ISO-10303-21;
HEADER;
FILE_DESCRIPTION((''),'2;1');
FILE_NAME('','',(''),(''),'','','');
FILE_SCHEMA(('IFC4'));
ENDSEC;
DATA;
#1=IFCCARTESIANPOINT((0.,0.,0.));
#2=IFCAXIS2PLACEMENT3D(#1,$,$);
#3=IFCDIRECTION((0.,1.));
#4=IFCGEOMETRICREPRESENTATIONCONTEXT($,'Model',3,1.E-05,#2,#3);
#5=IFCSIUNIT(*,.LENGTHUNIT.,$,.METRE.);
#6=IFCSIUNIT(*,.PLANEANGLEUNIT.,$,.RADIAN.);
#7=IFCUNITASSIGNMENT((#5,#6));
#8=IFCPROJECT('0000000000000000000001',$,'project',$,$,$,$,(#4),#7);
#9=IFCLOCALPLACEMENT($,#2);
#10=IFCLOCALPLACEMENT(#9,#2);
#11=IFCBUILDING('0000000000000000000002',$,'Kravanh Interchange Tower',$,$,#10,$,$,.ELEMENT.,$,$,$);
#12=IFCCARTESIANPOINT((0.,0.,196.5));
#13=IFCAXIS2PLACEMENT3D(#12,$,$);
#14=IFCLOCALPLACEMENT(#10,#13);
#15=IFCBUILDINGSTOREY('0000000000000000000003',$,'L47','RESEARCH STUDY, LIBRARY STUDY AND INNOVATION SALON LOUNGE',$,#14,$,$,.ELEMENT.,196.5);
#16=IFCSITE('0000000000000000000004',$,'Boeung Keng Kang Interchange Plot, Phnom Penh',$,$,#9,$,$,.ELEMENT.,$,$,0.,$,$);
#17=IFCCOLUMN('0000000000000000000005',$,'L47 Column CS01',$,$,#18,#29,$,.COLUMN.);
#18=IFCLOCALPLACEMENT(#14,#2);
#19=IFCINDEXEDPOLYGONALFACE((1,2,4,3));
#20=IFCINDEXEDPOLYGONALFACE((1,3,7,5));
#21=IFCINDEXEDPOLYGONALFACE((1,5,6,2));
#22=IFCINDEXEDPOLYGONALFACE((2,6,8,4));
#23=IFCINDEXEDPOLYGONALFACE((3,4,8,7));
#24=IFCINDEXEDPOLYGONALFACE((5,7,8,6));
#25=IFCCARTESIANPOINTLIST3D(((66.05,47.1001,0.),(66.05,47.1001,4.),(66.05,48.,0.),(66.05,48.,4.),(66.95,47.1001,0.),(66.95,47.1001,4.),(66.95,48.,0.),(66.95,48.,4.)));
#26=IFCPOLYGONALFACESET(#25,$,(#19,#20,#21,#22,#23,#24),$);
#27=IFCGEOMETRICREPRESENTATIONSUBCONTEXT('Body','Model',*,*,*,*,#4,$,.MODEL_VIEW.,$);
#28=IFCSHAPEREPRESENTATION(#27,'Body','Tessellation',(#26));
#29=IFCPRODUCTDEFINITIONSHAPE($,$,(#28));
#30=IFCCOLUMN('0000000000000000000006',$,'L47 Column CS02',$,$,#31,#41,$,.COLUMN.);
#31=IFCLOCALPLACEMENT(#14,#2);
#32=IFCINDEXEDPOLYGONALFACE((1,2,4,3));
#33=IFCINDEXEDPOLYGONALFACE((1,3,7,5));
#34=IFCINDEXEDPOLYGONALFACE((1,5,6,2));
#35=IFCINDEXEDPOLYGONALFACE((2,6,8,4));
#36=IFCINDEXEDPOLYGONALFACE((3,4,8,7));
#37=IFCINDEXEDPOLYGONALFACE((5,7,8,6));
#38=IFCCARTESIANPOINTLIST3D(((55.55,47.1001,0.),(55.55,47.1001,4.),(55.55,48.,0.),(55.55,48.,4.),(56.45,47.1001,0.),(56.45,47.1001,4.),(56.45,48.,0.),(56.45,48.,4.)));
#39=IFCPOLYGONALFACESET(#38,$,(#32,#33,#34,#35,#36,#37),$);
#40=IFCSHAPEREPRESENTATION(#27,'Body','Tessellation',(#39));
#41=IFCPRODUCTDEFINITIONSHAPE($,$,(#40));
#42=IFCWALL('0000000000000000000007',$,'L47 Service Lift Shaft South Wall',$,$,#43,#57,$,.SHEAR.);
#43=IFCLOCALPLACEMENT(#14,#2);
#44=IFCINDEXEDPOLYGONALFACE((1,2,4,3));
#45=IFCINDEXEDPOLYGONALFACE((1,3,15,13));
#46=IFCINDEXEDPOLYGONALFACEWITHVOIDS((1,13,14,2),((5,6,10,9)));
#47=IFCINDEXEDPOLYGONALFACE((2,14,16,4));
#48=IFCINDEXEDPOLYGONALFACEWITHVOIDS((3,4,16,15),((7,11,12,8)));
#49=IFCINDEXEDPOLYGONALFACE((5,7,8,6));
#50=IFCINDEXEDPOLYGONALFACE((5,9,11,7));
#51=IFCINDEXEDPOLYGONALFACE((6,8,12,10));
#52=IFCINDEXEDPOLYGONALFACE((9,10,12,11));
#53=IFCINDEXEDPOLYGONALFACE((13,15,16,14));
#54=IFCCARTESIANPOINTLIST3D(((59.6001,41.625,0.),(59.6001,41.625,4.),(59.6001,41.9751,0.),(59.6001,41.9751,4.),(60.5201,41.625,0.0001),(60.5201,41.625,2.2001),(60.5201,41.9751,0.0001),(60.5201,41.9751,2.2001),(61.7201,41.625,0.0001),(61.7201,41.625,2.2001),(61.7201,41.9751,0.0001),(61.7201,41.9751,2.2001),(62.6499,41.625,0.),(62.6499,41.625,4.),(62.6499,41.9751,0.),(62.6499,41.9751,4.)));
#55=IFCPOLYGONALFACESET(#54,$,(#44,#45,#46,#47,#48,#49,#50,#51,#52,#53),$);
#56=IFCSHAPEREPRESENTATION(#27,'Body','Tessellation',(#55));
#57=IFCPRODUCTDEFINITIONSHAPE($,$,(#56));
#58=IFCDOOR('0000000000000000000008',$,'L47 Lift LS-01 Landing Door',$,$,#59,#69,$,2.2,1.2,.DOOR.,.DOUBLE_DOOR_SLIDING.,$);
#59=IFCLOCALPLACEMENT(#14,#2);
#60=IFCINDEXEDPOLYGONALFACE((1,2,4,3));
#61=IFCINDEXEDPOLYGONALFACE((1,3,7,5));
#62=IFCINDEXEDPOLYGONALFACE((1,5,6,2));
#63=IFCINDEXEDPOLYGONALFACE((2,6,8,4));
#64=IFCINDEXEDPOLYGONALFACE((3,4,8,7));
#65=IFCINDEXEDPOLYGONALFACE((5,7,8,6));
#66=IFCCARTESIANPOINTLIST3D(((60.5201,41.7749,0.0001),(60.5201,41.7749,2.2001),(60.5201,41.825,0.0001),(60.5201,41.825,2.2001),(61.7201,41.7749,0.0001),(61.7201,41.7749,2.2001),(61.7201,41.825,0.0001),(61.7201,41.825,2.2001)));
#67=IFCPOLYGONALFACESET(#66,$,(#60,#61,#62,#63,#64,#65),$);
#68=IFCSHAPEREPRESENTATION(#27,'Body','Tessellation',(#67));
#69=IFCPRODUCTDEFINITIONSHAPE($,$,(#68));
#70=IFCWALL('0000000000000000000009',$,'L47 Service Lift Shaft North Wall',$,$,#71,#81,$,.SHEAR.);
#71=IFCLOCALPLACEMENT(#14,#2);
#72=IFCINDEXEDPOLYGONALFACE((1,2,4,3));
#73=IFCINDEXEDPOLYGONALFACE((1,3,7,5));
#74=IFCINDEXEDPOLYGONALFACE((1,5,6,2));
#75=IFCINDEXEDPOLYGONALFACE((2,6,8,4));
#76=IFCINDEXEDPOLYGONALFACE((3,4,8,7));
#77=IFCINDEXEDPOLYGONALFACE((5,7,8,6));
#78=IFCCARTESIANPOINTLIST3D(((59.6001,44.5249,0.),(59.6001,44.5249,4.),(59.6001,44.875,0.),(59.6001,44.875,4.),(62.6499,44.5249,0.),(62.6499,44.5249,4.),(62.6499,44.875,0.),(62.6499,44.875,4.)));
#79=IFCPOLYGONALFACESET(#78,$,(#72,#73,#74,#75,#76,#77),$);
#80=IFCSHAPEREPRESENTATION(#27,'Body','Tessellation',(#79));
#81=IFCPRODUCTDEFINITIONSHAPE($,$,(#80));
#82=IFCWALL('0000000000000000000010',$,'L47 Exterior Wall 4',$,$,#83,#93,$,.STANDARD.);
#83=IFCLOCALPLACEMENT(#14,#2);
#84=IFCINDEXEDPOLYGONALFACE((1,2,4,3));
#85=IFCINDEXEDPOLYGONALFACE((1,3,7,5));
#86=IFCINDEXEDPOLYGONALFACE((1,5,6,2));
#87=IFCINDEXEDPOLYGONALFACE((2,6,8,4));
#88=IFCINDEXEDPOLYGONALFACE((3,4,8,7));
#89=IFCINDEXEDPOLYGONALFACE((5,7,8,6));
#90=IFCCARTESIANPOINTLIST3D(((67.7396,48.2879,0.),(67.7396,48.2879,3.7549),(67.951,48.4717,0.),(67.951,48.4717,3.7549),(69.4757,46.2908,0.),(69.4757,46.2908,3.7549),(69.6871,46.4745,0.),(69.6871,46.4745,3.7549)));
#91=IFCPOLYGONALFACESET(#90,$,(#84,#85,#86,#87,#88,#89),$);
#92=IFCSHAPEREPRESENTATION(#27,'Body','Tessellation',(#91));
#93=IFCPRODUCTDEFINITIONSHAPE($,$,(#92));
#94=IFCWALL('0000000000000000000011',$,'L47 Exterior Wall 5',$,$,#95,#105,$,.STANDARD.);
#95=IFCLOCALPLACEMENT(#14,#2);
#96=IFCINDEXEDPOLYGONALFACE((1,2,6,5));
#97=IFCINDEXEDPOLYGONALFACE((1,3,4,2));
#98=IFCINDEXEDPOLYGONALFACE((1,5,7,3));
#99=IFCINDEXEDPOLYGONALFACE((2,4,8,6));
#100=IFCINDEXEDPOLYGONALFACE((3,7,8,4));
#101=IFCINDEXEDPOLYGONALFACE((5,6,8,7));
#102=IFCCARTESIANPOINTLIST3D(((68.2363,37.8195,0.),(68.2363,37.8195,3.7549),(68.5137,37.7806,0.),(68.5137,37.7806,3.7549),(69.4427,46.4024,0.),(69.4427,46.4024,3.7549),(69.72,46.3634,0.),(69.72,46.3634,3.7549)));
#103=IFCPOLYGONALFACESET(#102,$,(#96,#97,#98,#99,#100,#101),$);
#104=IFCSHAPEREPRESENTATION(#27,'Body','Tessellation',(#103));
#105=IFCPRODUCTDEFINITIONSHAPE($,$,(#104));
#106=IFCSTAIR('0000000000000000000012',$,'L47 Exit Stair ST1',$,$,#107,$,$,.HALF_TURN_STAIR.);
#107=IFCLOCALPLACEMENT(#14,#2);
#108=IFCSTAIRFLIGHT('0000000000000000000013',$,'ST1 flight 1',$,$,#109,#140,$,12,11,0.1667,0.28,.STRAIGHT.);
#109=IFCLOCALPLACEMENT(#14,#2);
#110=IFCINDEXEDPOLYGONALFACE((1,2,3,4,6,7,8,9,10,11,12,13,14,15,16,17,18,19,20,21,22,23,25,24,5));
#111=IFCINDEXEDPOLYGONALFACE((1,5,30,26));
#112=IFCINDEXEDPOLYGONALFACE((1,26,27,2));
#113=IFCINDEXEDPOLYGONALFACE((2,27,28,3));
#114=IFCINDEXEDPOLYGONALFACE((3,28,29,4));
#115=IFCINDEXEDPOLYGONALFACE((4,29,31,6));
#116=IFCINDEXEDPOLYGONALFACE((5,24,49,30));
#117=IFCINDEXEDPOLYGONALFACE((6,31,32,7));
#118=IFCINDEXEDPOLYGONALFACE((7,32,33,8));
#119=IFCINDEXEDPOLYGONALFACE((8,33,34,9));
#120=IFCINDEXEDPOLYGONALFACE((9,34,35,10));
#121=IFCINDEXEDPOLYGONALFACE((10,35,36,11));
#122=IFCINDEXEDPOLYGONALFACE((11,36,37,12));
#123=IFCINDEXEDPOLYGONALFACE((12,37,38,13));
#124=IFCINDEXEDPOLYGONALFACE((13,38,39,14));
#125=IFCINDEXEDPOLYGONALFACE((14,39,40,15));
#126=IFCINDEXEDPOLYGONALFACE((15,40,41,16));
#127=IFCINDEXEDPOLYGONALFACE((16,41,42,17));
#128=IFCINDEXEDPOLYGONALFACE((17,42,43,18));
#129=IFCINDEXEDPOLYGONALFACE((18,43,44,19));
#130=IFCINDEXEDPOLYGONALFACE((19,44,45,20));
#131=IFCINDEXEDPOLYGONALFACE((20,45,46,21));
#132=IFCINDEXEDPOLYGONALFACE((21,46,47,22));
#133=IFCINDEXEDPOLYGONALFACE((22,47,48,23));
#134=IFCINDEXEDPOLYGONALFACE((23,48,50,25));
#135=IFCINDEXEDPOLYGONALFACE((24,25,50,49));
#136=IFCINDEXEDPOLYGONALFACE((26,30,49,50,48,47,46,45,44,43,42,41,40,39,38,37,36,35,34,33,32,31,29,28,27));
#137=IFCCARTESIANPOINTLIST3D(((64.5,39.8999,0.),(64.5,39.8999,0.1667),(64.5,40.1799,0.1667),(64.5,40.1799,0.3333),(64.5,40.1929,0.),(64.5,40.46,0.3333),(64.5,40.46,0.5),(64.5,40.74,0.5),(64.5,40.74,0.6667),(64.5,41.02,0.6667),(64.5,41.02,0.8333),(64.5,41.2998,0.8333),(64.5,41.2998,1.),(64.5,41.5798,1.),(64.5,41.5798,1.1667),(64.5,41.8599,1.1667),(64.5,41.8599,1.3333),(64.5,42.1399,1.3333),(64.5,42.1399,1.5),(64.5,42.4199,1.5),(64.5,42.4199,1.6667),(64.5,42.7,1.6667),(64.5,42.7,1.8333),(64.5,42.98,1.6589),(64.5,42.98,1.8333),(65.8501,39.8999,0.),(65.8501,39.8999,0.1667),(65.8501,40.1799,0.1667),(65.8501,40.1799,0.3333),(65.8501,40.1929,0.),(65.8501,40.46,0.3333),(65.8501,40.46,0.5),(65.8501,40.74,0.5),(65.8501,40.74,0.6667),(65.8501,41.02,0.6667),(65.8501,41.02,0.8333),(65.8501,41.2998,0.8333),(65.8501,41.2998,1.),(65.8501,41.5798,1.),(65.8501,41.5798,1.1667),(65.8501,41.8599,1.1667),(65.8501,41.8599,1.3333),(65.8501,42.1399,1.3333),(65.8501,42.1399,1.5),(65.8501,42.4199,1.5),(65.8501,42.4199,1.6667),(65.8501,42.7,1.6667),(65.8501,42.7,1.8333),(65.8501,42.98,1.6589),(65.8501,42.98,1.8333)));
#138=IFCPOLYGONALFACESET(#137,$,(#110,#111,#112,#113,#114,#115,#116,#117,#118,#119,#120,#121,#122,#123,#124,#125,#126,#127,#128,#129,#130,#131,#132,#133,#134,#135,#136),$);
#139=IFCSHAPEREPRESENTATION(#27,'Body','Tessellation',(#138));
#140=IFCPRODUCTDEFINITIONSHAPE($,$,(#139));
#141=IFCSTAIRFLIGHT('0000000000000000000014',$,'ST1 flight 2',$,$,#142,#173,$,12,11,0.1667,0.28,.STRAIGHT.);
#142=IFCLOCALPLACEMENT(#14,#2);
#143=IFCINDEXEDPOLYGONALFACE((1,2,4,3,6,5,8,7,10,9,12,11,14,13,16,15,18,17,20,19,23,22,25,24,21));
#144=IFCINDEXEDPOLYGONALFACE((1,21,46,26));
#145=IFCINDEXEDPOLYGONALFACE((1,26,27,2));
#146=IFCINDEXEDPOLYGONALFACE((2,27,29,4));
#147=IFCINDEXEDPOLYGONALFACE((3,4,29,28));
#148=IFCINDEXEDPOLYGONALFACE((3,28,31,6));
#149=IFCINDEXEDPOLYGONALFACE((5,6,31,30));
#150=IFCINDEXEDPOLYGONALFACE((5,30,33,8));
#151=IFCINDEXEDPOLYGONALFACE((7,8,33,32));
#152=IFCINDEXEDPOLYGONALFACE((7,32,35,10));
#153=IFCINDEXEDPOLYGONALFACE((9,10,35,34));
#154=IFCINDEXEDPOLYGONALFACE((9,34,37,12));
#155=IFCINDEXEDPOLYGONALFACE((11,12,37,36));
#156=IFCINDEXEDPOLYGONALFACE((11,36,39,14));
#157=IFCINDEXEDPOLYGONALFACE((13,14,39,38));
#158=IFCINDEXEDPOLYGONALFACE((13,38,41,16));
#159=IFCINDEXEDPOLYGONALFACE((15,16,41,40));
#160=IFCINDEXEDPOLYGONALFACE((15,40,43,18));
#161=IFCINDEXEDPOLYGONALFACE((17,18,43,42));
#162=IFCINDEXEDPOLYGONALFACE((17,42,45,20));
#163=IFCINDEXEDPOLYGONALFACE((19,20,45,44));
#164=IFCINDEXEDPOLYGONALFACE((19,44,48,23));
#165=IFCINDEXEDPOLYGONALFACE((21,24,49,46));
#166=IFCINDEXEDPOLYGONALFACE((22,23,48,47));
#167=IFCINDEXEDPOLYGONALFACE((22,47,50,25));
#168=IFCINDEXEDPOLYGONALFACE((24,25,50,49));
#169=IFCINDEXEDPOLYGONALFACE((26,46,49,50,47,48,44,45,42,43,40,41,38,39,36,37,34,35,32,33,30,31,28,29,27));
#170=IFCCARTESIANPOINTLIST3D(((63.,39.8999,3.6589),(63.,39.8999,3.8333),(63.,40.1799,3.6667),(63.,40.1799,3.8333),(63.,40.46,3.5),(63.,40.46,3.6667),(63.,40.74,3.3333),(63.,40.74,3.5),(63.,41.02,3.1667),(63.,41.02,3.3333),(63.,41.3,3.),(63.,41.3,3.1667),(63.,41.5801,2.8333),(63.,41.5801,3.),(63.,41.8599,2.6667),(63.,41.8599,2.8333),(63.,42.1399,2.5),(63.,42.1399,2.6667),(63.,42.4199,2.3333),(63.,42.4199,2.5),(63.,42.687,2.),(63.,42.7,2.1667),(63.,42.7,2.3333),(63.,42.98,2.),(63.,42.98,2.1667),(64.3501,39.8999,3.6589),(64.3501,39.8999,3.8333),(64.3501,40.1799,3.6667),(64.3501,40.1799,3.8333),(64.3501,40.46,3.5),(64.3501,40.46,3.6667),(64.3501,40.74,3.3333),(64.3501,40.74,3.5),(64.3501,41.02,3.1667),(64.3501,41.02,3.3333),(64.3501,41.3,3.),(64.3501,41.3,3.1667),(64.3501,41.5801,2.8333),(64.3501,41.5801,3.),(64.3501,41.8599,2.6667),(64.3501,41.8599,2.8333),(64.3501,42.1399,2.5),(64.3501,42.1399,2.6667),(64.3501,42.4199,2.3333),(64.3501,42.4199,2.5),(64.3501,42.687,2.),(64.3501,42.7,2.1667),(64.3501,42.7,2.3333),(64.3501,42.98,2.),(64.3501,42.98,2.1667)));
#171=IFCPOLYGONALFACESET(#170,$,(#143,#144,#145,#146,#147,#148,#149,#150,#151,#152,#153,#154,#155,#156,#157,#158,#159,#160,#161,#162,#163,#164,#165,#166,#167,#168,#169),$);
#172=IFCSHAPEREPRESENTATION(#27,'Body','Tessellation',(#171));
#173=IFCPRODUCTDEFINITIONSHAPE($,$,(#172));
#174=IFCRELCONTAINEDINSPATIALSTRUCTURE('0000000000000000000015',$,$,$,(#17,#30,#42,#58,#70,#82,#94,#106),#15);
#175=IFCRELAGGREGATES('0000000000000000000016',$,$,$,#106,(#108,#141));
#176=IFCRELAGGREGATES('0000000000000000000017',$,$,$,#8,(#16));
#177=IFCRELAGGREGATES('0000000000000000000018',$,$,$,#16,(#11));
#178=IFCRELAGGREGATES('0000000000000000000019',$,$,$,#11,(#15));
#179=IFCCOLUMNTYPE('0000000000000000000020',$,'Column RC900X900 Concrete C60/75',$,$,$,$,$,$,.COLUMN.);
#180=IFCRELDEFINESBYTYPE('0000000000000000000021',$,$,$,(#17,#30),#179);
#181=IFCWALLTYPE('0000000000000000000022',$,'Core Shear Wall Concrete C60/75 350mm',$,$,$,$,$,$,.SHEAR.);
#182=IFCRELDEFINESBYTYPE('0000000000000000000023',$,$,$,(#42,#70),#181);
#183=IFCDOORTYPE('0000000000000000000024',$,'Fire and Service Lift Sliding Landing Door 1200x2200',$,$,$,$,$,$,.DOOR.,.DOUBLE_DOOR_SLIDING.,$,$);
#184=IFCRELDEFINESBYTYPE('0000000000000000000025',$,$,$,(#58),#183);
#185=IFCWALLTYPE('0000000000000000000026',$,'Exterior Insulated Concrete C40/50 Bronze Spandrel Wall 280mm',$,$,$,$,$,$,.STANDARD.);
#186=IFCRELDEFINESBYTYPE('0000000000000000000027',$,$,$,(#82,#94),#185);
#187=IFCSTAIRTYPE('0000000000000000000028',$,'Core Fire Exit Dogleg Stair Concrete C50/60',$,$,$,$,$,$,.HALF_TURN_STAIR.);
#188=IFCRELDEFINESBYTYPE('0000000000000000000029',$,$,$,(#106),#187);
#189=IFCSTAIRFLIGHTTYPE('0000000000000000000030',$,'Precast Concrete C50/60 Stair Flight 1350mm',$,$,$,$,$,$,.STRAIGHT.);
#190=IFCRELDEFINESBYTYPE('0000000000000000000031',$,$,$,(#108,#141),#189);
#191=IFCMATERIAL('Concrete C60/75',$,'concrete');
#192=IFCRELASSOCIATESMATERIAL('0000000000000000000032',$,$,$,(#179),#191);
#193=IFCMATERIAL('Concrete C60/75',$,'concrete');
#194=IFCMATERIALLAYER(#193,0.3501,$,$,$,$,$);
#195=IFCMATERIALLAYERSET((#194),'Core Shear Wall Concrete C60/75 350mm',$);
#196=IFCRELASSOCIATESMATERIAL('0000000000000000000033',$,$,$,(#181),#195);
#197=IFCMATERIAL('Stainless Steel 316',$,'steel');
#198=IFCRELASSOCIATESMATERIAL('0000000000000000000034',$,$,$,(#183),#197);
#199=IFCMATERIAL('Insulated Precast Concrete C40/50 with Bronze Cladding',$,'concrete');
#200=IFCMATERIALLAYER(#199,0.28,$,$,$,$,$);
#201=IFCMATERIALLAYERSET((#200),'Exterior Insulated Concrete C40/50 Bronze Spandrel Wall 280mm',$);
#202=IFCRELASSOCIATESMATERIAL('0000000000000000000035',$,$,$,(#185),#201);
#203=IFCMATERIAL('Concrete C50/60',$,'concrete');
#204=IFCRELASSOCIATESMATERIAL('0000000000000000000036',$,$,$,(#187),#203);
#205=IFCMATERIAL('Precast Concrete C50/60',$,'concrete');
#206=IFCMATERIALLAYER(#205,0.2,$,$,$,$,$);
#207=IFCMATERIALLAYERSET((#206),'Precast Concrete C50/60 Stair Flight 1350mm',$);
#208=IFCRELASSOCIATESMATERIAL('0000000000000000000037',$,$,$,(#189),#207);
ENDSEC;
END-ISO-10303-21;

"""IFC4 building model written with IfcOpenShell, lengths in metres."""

from ifc_helpers import new_model, si_unit, direction, frame, frame_2d, origin, origin_2d, place, context, subcontext, project, spatial, polyline, rectangle, outline, extrude, material, layer, layer_set, material_profile, profile_set, type_object, element, fill, aggregate, save


model = new_model("IFC4")

# Units and contexts
model_context = context("Model", 3, precision=1e-05, world=origin(), true_north=direction((0.0, 1.0)))
body_context = subcontext(model_context, "Body", "Model", "MODEL_VIEW")
ifc_project = project(units=[si_unit("LENGTHUNIT", "METRE"), si_unit("PLANEANGLEUNIT", "RADIAN")], contexts=[model_context])

# Site, building, storey
site_placement = place(None, origin())
site = spatial("IfcSite", under=ifc_project, at=site_placement, Name="Boeung Keng Kang Interchange Plot, Phnom Penh", CompositionType="ELEMENT", RefElevation=0.0)
building_placement = place(site_placement, origin())
building = spatial("IfcBuilding", under=site, at=building_placement, Name="Kravanh Interchange Tower", CompositionType="ELEMENT")
storey_placement = place(building_placement, frame((0.0, 0.0, 196.5)))
storey = spatial("IfcBuildingStorey", under=building, at=storey_placement, Name="L47", Description="RESEARCH STUDY, LIBRARY STUDY AND INNOVATION SALON LOUNGE", CompositionType="ELEMENT", Elevation=196.5)

# Columns
ifc_material_1 = material(Name="Concrete C60/75", Category="concrete")
ifc_material_profile = material_profile(ifc_material_1, rectangle(XDim=0.8999, YDim=0.8999, at=origin_2d()), Name="RC900X900")
ifc_profile_set = profile_set([ifc_material_profile], Name="Concrete C60/75")
column_type = type_object("IfcColumnType", Name="Column RC900X900 Concrete C60/75", PredefinedType="COLUMN", material=ifc_profile_set)
for number, where, z_axis, x_axis, name in (
    (1, (66.5, 47.55, 0.0), (0.0, 0.0, 1.0), (1.0, 0.0, 0.0), "L47 Column CS01"),
    (2, (56.0, 47.55, 0.0), (0.0, 0.0, 1.0), (1.0, 0.0, 0.0), "L47 Column CS02"),
):
    element("IfcColumn", number, at=place(storey_placement, frame(where, z_axis=z_axis, x_axis=x_axis)), inside=storey, type_object=column_type, Name=name, PredefinedType="COLUMN", context=body_context, shape_type="SweptSolid", body=[
        extrude(rectangle(XDim=0.8999, YDim=0.8999, at=origin_2d()), origin(), (0.0, 0.0, 1.0), 4.0),
    ])

# Wall, opening, door
ifc_material_2 = material(Name="Concrete C60/75", Category="concrete")
ifc_layer_1 = layer(ifc_material_2, 0.3501)
ifc_layer_set_1 = layer_set([ifc_layer_1], Name="Core Shear Wall Concrete C60/75 350mm")
wall_type_1 = type_object("IfcWallType", Name="Core Shear Wall Concrete C60/75 350mm", PredefinedType="SHEAR", material=ifc_layer_set_1)
wall_1_placement = place(storey_placement, frame((59.6001, 41.8, 0.0), z_axis=(0.0, 0.0, 1.0), x_axis=(1.0, 0.0, 0.0)))
wall_1 = element("IfcWall", 3, at=wall_1_placement, inside=storey, type_object=wall_type_1, Name="L47 Service Lift Shaft South Wall", PredefinedType="SHEAR", context=body_context, shape_type="SweptSolid", body=[
    extrude(rectangle(XDim=3.0498, YDim=0.3501, at=frame_2d((1.5249, 0.0))), origin(), (0.0, 0.0, 1.0), 4.0),
])
opening_placement = place(wall_1_placement, frame((0.9199, 0.0, 0.0)))
opening = element("IfcOpeningElement", 4, at=opening_placement, cuts=wall_1, PredefinedType="OPENING", context=body_context, shape_type="SweptSolid", body=[
    extrude(rectangle(XDim=1.2, YDim=2.2, at=frame_2d((0.6001, 1.1001))), frame((0.0, 0.1851, 0.0), z_axis=(0.0, -1.0, 0.0), x_axis=(1.0, 0.0, 0.0)), (0.0, 0.0, 1.0), 0.3701),
])
ifc_material_3 = material(Name="Stainless Steel 316", Category="steel")
door_type = type_object("IfcDoorType", Name="Fire and Service Lift Sliding Landing Door 1200x2200", OperationType="DOUBLE_DOOR_SLIDING", PredefinedType="DOOR", material=ifc_material_3)
door_placement = place(opening_placement, origin())
door = element("IfcDoor", 5, at=door_placement, inside=storey, type_object=door_type, Name="L47 Lift LS-01 Landing Door", OperationType="DOUBLE_DOOR_SLIDING", OverallHeight=2.2, OverallWidth=1.2, PredefinedType="DOOR", context=body_context, shape_type="SweptSolid", body=[
    extrude(rectangle(XDim=1.2, YDim=2.2, at=frame_2d((0.6001, 1.1001))), frame((0.0, 0.0249, 0.0), z_axis=(0.0, -1.0, 0.0), x_axis=(1.0, 0.0, 0.0)), (0.0, 0.0, 1.0), 0.05),
])
fill(opening, door)

# Walls
wall_2_placement = place(storey_placement, frame((59.6001, 44.7, 0.0), z_axis=(0.0, 0.0, 1.0), x_axis=(1.0, 0.0, 0.0)))
element("IfcWall", 6, at=wall_2_placement, inside=storey, type_object=wall_type_1, Name="L47 Service Lift Shaft North Wall", PredefinedType="SHEAR", context=body_context, shape_type="SweptSolid", body=[
    extrude(rectangle(XDim=3.0498, YDim=0.3501, at=frame_2d((1.5249, 0.0))), origin(), (0.0, 0.0, 1.0), 4.0),
])
ifc_material_4 = material(Name="Insulated Precast Concrete C40/50 with Bronze Cladding", Category="concrete")
ifc_layer_2 = layer(ifc_material_4, 0.28)
ifc_layer_set_2 = layer_set([ifc_layer_2], Name="Exterior Insulated Concrete C40/50 Bronze Spandrel Wall 280mm")
wall_type_2 = type_object("IfcWallType", Name="Exterior Insulated Concrete C40/50 Bronze Spandrel Wall 280mm", PredefinedType="STANDARD", material=ifc_layer_set_2)
wall_3_placement = place(storey_placement, frame((67.8452, 48.3799, 0.0), z_axis=(0.0, 0.0, 1.0), x_axis=(0.656071, -0.754699, 0.0)))
element("IfcWall", 7, at=wall_3_placement, inside=storey, type_object=wall_type_2, Name="L47 Exterior Wall 4", PredefinedType="STANDARD", context=body_context, shape_type="SweptSolid", body=[
    extrude(rectangle(XDim=2.6462, YDim=0.28, at=frame_2d((1.3232, 0.0))), origin(), (0.0, 0.0, 1.0), 3.7549),
])
wall_4_placement = place(storey_placement, frame((69.5813, 46.3828, 0.0), z_axis=(0.0, 0.0, 1.0), x_axis=(-0.139181, -0.990267, 0.0)))
element("IfcWall", 8, at=wall_4_placement, inside=storey, type_object=wall_type_2, Name="L47 Exterior Wall 5", PredefinedType="STANDARD", context=body_context, shape_type="SweptSolid", body=[
    extrude(rectangle(XDim=8.6672, YDim=0.28, at=frame_2d((4.3335, 0.0))), origin(), (0.0, 0.0, 1.0), 3.7549),
])

# Stair, stair flights
ifc_material_5 = material(Name="Concrete C50/60", Category="concrete")
stair_type = type_object("IfcStairType", Name="Core Fire Exit Dogleg Stair Concrete C50/60", PredefinedType="HALF_TURN_STAIR", material=ifc_material_5)
stair_1_placement = place(storey_placement, origin())
stair_1 = element("IfcStair", 9, at=stair_1_placement, inside=storey, type_object=stair_type, Name="L47 Exit Stair ST1", PredefinedType="HALF_TURN_STAIR")
ifc_material_6 = material(Name="Precast Concrete C50/60", Category="concrete")
ifc_layer_3 = layer(ifc_material_6, 0.2)
ifc_layer_set_3 = layer_set([ifc_layer_3], Name="Precast Concrete C50/60 Stair Flight 1350mm")
stair_flight_type = type_object("IfcStairFlightType", Name="Precast Concrete C50/60 Stair Flight 1350mm", PredefinedType="STRAIGHT", material=ifc_layer_set_3)
stair_flight_1_placement = place(storey_placement, frame((65.175, 39.8999, 0.0), z_axis=(0.0, 0.0, 1.0), x_axis=(0.0, 1.0, 0.0)))
stair_flight_1 = element("IfcStairFlight", 10, at=stair_flight_1_placement, type_object=stair_flight_type, Name="ST1 flight 1", NumberOfRisers=12, NumberOfTreads=11, PredefinedType="STRAIGHT", RiserHeight=0.1667, TreadLength=0.28, context=body_context, shape_type="SweptSolid", body=[
    extrude(outline(polyline([(0.0, 0.0), (0.0, 0.1667), (0.28, 0.1667), (0.28, 0.3333), (0.5601, 0.3333), (0.5601, 0.5), (0.8401, 0.5), (0.8401, 0.6667), (1.1201, 0.6667), (1.1201, 0.8333), (1.3999, 0.8333), (1.3999, 1.0), (1.6799, 1.0), (1.6799, 1.1667), (1.96, 1.1667), (1.96, 1.3333), (2.24, 1.3333), (2.24, 1.5), (2.52, 1.5), (2.52, 1.6667), (2.8, 1.6667), (2.8, 1.8333), (3.0801, 1.8333), (3.0801, 2.0), (3.0801, 1.6589), (0.293, 0.0), (0.0, 0.0)])), frame((0.0, 0.675, 0.0), z_axis=(0.0, -1.0, 0.0), x_axis=(1.0, 0.0, 0.0)), (0.0, 0.0, 1.0), 1.3501),
])
stair_flight_2_placement = place(storey_placement, frame((63.675, 42.98, 2.0), z_axis=(0.0, 0.0, 1.0), x_axis=(0.0, -1.0, 0.0)))
stair_flight_2 = element("IfcStairFlight", 11, at=stair_flight_2_placement, type_object=stair_flight_type, Name="ST1 flight 2", NumberOfRisers=12, NumberOfTreads=11, PredefinedType="STRAIGHT", RiserHeight=0.1667, TreadLength=0.28, context=body_context, shape_type="SweptSolid", body=[
    extrude(outline(polyline([(0.0, 0.0), (0.0, 0.1667), (0.28, 0.1667), (0.28, 0.3333), (0.5601, 0.3333), (0.5601, 0.5), (0.8401, 0.5), (0.8401, 0.6667), (1.1201, 0.6667), (1.1201, 0.8333), (1.3999, 0.8333), (1.3999, 1.0), (1.6799, 1.0), (1.6799, 1.1667), (1.96, 1.1667), (1.96, 1.3333), (2.24, 1.3333), (2.24, 1.5), (2.52, 1.5), (2.52, 1.6667), (2.8, 1.6667), (2.8, 1.8333), (3.0801, 1.8333), (3.0801, 2.0), (3.0801, 1.6589), (0.293, 0.0), (0.0, 0.0)])), frame((0.0, 0.675, 0.0), z_axis=(0.0, -1.0, 0.0), x_axis=(1.0, 0.0, 0.0)), (0.0, 0.0, 1.0), 1.3501),
])
aggregate(stair_1, [stair_flight_1, stair_flight_2])

save(model, "model.ifc")
